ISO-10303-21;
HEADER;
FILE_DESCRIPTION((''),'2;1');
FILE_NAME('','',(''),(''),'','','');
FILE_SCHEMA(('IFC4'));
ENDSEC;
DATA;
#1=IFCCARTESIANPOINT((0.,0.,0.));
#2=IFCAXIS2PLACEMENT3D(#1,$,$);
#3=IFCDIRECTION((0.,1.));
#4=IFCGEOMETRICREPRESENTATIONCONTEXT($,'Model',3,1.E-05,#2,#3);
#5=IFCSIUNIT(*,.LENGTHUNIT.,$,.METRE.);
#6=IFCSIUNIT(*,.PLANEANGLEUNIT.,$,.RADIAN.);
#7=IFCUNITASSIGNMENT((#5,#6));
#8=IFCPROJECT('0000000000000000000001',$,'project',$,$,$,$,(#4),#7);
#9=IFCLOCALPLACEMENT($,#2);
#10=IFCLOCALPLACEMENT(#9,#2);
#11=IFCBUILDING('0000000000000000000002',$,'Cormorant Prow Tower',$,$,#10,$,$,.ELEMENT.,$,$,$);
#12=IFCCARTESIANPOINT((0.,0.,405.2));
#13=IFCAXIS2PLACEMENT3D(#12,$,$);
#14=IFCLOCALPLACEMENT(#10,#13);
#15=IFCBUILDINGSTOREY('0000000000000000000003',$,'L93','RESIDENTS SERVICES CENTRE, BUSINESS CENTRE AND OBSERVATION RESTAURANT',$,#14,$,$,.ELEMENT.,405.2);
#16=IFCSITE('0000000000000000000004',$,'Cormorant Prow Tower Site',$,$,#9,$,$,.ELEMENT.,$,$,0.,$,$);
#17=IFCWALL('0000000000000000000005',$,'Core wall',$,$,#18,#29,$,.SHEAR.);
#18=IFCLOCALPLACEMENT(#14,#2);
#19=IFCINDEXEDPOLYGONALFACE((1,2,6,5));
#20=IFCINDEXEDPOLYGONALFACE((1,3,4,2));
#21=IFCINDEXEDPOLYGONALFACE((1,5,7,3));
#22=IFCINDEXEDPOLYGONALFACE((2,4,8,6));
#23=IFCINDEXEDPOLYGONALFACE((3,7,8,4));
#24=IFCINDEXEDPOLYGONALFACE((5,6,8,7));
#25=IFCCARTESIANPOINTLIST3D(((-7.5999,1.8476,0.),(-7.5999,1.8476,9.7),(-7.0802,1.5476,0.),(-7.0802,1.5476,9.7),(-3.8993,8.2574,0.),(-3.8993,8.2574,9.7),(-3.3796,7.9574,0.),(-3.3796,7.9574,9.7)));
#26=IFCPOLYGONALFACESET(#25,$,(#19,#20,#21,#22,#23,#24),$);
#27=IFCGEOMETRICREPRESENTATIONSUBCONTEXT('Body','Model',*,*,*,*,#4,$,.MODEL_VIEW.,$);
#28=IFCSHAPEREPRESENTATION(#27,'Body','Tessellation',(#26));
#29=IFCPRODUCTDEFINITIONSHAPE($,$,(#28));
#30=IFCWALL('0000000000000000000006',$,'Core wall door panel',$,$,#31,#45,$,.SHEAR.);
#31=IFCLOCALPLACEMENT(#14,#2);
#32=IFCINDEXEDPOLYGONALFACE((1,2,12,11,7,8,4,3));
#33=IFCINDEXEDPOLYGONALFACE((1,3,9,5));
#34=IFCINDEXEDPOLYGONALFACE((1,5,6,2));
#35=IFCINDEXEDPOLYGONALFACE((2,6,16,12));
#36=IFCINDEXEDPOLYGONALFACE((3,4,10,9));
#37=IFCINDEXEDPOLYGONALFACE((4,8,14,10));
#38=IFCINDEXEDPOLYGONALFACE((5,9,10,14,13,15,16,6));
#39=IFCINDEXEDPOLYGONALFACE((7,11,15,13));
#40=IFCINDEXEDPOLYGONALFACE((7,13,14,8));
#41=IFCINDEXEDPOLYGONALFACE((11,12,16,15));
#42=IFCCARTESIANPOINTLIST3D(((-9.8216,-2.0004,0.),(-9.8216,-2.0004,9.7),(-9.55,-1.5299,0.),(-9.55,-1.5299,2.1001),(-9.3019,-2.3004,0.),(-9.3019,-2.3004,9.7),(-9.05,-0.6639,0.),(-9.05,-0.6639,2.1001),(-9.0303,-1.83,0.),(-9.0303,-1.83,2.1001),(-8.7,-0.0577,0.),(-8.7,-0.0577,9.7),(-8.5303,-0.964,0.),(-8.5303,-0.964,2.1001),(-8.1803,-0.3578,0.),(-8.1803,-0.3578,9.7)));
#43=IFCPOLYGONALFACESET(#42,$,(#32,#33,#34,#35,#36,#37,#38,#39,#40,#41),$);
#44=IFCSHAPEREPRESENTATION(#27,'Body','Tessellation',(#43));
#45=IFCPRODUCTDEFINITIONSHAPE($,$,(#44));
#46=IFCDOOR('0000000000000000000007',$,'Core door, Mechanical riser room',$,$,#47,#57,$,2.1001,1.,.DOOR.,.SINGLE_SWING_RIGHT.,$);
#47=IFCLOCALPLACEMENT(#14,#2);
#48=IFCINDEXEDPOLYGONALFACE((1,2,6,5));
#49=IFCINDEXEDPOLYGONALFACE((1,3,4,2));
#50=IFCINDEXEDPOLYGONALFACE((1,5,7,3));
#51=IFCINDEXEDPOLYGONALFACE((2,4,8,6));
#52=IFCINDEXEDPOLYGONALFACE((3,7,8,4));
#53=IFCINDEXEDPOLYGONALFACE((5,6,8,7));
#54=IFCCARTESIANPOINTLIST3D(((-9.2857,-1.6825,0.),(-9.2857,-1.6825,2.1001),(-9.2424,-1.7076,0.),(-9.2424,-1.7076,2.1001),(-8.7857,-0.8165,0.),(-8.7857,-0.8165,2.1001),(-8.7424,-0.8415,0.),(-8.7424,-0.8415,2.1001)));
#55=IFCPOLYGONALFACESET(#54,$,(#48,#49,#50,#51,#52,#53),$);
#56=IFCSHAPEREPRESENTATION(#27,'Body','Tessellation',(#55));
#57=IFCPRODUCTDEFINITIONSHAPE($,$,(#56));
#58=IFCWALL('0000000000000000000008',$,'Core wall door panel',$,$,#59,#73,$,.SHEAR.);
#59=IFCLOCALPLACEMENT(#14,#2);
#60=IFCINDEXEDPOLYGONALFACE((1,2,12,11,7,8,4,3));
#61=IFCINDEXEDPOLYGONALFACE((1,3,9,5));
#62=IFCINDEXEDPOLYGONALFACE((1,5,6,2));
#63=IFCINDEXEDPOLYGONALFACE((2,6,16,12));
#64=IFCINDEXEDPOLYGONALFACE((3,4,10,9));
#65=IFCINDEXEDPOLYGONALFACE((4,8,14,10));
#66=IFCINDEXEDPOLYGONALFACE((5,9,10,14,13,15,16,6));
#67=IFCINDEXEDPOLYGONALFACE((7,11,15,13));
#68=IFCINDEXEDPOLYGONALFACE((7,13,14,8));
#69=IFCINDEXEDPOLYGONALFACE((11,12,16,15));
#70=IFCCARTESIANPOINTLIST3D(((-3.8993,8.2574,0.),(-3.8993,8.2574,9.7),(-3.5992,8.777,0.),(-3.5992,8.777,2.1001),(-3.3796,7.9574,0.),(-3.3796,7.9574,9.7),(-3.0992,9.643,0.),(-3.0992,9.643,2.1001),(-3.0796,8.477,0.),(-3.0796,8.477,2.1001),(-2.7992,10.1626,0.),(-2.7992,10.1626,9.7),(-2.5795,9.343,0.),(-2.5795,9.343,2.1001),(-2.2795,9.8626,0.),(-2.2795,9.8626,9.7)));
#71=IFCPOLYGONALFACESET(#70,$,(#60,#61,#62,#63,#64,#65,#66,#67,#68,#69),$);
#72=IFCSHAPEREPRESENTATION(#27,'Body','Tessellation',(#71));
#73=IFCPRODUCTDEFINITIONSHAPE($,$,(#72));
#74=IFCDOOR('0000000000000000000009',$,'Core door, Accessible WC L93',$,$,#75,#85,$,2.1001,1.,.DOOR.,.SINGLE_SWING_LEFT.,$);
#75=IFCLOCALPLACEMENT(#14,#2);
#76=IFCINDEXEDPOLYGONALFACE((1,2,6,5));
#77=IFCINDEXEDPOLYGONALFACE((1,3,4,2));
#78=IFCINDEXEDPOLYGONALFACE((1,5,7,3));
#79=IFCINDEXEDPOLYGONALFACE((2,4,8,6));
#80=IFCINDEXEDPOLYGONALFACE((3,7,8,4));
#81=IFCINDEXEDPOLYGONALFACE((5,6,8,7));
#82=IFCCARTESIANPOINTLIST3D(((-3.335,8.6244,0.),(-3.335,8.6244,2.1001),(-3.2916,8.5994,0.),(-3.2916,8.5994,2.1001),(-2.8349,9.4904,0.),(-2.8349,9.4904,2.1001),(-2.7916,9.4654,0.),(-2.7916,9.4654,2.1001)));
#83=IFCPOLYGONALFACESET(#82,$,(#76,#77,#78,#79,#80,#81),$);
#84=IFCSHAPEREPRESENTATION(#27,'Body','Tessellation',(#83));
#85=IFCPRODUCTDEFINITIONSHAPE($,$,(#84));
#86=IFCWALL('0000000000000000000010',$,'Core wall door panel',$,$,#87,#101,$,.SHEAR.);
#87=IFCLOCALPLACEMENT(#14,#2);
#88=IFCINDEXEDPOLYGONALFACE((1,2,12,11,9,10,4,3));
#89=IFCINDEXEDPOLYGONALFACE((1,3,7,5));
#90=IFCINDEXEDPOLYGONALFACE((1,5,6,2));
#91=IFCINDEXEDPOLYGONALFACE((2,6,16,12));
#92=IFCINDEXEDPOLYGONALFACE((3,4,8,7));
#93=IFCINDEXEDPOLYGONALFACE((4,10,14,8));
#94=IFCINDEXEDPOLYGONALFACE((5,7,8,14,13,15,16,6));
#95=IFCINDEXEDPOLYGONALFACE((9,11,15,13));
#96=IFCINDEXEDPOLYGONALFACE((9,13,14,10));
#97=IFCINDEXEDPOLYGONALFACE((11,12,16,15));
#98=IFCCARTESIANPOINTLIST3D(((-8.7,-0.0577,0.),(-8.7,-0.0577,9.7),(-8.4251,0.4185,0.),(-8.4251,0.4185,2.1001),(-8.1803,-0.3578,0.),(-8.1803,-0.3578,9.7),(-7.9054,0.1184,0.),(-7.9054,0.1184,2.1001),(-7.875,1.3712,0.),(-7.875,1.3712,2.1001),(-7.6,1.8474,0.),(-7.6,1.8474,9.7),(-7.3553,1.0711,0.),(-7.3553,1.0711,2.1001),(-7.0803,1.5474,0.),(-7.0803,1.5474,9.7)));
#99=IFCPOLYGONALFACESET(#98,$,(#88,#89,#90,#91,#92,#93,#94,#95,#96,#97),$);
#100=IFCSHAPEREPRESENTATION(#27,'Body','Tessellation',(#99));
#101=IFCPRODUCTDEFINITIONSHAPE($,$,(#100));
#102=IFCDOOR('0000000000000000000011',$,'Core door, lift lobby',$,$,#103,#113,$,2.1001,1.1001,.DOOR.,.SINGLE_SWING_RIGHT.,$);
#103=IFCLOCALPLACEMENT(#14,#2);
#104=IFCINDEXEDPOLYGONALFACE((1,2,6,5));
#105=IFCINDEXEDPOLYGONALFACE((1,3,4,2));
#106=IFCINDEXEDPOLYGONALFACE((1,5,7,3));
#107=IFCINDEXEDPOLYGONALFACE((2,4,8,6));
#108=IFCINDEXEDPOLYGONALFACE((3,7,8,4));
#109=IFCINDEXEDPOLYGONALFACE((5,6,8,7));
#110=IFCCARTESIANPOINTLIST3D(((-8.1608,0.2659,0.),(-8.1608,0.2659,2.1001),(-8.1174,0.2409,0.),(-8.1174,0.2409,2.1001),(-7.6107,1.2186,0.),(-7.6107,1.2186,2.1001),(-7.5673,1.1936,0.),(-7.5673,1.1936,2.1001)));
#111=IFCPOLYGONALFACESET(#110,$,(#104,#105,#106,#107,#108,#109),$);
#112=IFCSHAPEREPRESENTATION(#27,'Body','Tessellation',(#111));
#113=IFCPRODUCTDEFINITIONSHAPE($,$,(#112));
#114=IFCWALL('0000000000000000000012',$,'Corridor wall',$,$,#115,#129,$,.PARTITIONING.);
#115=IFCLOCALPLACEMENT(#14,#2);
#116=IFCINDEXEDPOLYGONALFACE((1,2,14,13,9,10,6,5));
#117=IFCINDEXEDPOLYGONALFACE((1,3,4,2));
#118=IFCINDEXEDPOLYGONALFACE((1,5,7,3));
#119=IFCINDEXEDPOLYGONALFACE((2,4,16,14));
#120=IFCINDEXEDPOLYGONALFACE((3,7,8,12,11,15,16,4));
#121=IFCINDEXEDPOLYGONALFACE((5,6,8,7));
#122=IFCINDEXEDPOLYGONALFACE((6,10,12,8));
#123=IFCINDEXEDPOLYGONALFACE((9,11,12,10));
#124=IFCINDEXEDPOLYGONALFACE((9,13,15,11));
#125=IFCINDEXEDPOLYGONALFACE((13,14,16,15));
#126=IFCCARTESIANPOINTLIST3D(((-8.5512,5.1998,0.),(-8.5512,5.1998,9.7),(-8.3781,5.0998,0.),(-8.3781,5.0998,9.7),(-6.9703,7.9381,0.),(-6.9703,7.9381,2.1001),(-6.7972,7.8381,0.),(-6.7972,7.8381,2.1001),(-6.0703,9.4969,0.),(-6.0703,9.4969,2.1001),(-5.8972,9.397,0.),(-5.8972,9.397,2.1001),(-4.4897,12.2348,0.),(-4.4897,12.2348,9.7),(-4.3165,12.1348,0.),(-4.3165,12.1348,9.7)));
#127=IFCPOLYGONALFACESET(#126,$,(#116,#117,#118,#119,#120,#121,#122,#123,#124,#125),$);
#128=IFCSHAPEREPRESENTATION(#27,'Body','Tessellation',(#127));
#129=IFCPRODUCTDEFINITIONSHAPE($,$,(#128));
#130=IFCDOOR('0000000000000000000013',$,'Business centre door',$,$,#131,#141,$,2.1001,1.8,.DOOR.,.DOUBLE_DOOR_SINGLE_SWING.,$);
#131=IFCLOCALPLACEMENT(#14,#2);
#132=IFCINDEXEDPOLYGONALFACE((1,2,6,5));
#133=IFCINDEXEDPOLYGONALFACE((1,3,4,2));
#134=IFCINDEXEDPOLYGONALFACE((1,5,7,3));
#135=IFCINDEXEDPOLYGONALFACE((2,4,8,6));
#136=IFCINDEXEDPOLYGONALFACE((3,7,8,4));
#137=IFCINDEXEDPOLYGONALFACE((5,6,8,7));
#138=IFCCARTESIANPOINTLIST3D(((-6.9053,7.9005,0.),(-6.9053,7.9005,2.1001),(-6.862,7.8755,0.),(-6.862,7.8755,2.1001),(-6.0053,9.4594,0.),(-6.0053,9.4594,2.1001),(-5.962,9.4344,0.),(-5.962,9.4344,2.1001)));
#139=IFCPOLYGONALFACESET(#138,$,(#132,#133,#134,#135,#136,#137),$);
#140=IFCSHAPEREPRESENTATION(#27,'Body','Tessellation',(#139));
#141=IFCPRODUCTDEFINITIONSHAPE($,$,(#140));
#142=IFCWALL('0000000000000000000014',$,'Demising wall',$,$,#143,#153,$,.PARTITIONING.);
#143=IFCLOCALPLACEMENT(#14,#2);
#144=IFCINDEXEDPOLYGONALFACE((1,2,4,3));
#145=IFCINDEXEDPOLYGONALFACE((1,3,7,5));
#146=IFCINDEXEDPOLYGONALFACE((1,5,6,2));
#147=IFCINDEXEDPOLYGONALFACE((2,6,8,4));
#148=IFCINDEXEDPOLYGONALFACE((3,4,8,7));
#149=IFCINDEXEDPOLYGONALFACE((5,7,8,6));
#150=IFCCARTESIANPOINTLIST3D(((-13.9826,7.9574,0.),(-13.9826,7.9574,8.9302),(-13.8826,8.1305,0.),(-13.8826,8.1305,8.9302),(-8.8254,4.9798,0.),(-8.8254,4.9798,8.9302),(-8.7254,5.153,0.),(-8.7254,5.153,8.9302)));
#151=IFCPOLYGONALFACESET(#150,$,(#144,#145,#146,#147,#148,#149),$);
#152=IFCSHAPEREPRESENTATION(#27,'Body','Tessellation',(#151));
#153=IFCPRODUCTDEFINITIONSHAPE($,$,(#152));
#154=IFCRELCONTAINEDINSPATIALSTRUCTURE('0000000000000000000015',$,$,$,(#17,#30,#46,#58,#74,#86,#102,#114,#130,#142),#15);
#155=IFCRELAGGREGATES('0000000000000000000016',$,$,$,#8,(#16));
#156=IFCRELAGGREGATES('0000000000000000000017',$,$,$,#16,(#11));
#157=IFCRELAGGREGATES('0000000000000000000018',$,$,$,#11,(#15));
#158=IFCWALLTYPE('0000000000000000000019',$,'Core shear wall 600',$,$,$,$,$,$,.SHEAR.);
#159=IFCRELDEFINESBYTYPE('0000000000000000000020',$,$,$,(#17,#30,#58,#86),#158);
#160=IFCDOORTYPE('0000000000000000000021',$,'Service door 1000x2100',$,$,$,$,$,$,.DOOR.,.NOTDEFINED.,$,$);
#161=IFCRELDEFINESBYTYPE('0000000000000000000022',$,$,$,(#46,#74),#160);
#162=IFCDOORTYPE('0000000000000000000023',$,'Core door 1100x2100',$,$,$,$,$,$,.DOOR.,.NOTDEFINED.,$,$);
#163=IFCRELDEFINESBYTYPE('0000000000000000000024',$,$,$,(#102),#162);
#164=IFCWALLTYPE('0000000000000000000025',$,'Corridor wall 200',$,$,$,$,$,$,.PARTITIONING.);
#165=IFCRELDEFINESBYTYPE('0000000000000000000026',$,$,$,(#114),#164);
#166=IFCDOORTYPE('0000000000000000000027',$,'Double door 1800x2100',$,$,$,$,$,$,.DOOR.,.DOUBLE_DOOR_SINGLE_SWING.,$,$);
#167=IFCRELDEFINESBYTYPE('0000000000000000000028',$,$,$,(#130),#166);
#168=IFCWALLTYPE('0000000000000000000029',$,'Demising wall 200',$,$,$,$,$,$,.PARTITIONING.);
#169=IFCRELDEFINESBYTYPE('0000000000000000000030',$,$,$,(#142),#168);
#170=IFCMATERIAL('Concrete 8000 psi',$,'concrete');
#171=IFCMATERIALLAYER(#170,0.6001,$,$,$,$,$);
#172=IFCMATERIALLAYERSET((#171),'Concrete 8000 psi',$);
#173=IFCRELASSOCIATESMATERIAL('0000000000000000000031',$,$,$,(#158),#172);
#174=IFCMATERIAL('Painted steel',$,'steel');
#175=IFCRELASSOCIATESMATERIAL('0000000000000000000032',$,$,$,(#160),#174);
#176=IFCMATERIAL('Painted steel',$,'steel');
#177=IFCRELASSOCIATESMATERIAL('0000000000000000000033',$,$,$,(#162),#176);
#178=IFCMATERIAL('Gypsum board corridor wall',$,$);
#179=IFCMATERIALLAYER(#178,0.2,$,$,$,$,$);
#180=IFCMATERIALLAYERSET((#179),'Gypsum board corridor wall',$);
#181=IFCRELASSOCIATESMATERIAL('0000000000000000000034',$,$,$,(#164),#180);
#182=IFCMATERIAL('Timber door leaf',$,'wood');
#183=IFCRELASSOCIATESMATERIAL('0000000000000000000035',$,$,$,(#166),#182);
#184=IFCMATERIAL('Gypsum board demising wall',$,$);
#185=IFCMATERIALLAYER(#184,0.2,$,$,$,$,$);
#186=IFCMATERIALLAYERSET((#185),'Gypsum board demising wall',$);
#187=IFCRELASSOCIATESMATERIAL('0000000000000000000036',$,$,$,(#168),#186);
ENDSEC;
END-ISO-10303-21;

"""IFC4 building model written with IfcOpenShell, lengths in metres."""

from ifc_helpers import new_model, si_unit, direction, frame, frame_2d, origin, place, context, subcontext, project, spatial, rectangle, extrude, material, layer, layer_set, type_object, element, fill, save


model = new_model("IFC4")

# Units and contexts
model_context = context("Model", 3, precision=1e-05, world=origin(), true_north=direction((0.0, 1.0)))
body_context = subcontext(model_context, "Body", "Model", "MODEL_VIEW")
ifc_project = project(units=[si_unit("LENGTHUNIT", "METRE"), si_unit("PLANEANGLEUNIT", "RADIAN")], contexts=[model_context])

# Site, building, storey
site_placement = place(None, origin())
site = spatial("IfcSite", under=ifc_project, at=site_placement, Name="Cormorant Prow Tower Site", CompositionType="ELEMENT", RefElevation=0.0)
building_placement = place(site_placement, origin())
building = spatial("IfcBuilding", under=site, at=building_placement, Name="Cormorant Prow Tower", CompositionType="ELEMENT")
storey_placement = place(building_placement, frame((0.0, 0.0, 405.2)))
storey = spatial("IfcBuildingStorey", under=building, at=storey_placement, Name="L93", Description="RESIDENTS SERVICES CENTRE, BUSINESS CENTRE AND OBSERVATION RESTAURANT", CompositionType="ELEMENT", Elevation=405.2)

# Wall
ifc_material_1 = material(Name="Concrete 8000 psi", Category="concrete")
ifc_layer_1 = layer(ifc_material_1, 0.6001)
ifc_layer_set_1 = layer_set([ifc_layer_1], Name="Concrete 8000 psi")
wall_type_1 = type_object("IfcWallType", Name="Core shear wall 600", PredefinedType="SHEAR", material=ifc_layer_set_1)
wall_1_placement = place(storey_placement, frame((-3.6394, 8.1074, 0.0), z_axis=(0.0, 0.0, 1.0), x_axis=(-0.499992, -0.86603, 0.0)))
element("IfcWall", 1, at=wall_1_placement, inside=storey, type_object=wall_type_1, Name="Core wall", PredefinedType="SHEAR", context=body_context, shape_type="SweptSolid", body=[
    extrude(rectangle(XDim=7.4014, YDim=0.6001, at=frame_2d((3.7007, 0.0))), origin(), (0.0, 0.0, 1.0), 9.7),
])

# Walls, openings, doors
wall_2_placement = place(storey_placement, frame((-8.4402, -0.2078, 0.0), z_axis=(0.0, 0.0, 1.0), x_axis=(-0.500002, -0.866024, 0.0)))
wall_2 = element("IfcWall", 2, at=wall_2_placement, inside=storey, type_object=wall_type_1, Name="Core wall door panel", PredefinedType="SHEAR", context=body_context, shape_type="SweptSolid", body=[
    extrude(rectangle(XDim=2.2432, YDim=0.6001, at=frame_2d((1.1216, 0.0))), origin(), (0.0, 0.0, 1.0), 9.7),
])
opening_1_placement = place(wall_2_placement, frame((0.7, 0.0, 0.0)))
opening_1 = element("IfcOpeningElement", 3, at=opening_1_placement, cuts=wall_2, PredefinedType="OPENING", context=body_context, shape_type="SweptSolid", body=[
    extrude(rectangle(XDim=1.0, YDim=2.1001, at=frame_2d((0.5, 1.05))), frame((0.0, 0.3101, 0.0), z_axis=(0.0, -1.0, 0.0), x_axis=(1.0, 0.0, 0.0)), (0.0, 0.0, 1.0), 0.6201),
])
ifc_material_2 = material(Name="Painted steel", Category="steel")
door_type_1 = type_object("IfcDoorType", Name="Service door 1000x2100", OperationType="NOTDEFINED", PredefinedType="DOOR", material=ifc_material_2)
door_1_placement = place(opening_1_placement, origin())
door_1 = element("IfcDoor", 4, at=door_1_placement, inside=storey, type_object=door_type_1, Name="Core door, Mechanical riser room", OperationType="SINGLE_SWING_RIGHT", OverallHeight=2.1001, OverallWidth=1.0, PredefinedType="DOOR", context=body_context, shape_type="SweptSolid", body=[
    extrude(rectangle(XDim=1.0, YDim=2.1001, at=frame_2d((0.5, 1.05))), frame((0.0, 0.0552, 0.0), z_axis=(0.0, -1.0, 0.0), x_axis=(1.0, 0.0, 0.0)), (0.0, 0.0, 1.0), 0.05),
])
fill(opening_1, door_1)
wall_3_placement = place(storey_placement, frame((-2.5393, 10.0127, 0.0), z_axis=(0.0, 0.0, 1.0), x_axis=(-0.50003, -0.866008, 0.0)))
wall_3 = element("IfcWall", 5, at=wall_3_placement, inside=storey, type_object=wall_type_1, Name="Core wall door panel", PredefinedType="SHEAR", context=body_context, shape_type="SweptSolid", body=[
    extrude(rectangle(XDim=2.2, YDim=0.6001, at=frame_2d((1.1001, 0.0))), origin(), (0.0, 0.0, 1.0), 9.7),
])
opening_2_placement = place(wall_3_placement, frame((0.6001, 0.0, 0.0)))
opening_2 = element("IfcOpeningElement", 6, at=opening_2_placement, cuts=wall_3, PredefinedType="OPENING", context=body_context, shape_type="SweptSolid", body=[
    extrude(rectangle(XDim=1.0, YDim=2.1001, at=frame_2d((0.5, 1.05))), frame((0.0, 0.3101, 0.0), z_axis=(0.0, -1.0, 0.0), x_axis=(1.0, 0.0, 0.0)), (0.0, 0.0, 1.0), 0.6201),
])
door_2_placement = place(opening_2_placement, origin())
door_2 = element("IfcDoor", 7, at=door_2_placement, inside=storey, type_object=door_type_1, Name="Core door, Accessible WC L93", OperationType="SINGLE_SWING_LEFT", OverallHeight=2.1001, OverallWidth=1.0, PredefinedType="DOOR", context=body_context, shape_type="SweptSolid", body=[
    extrude(rectangle(XDim=1.0, YDim=2.1001, at=frame_2d((0.5, 1.05))), frame((0.0, 0.0552, 0.0), z_axis=(0.0, -1.0, 0.0), x_axis=(1.0, 0.0, 0.0)), (0.0, 0.0, 1.0), 0.05),
])
fill(opening_2, door_2)
wall_4_placement = place(storey_placement, frame((-7.3401, 1.6975, 0.0), z_axis=(0.0, 0.0, 1.0), x_axis=(-0.50003, -0.866008, 0.0)))
wall_4 = element("IfcWall", 8, at=wall_4_placement, inside=storey, type_object=wall_type_1, Name="Core wall door panel", PredefinedType="SHEAR", context=body_context, shape_type="SweptSolid", body=[
    extrude(rectangle(XDim=2.2, YDim=0.6001, at=frame_2d((1.1001, 0.0))), origin(), (0.0, 0.0, 1.0), 9.7),
])
opening_3_placement = place(wall_4_placement, frame((0.55, 0.0, 0.0)))
opening_3 = element("IfcOpeningElement", 9, at=opening_3_placement, cuts=wall_4, PredefinedType="OPENING", context=body_context, shape_type="SweptSolid", body=[
    extrude(rectangle(XDim=1.1001, YDim=2.1001, at=frame_2d((0.55, 1.05))), frame((0.0, 0.3101, 0.0), z_axis=(0.0, -1.0, 0.0), x_axis=(1.0, 0.0, 0.0)), (0.0, 0.0, 1.0), 0.6201),
])
ifc_material_3 = material(Name="Painted steel", Category="steel")
door_type_2 = type_object("IfcDoorType", Name="Core door 1100x2100", OperationType="NOTDEFINED", PredefinedType="DOOR", material=ifc_material_3)
door_3_placement = place(opening_3_placement, origin())
door_3 = element("IfcDoor", 10, at=door_3_placement, inside=storey, type_object=door_type_2, Name="Core door, lift lobby", OperationType="SINGLE_SWING_RIGHT", OverallHeight=2.1001, OverallWidth=1.1001, PredefinedType="DOOR", context=body_context, shape_type="SweptSolid", body=[
    extrude(rectangle(XDim=1.1001, YDim=2.1001, at=frame_2d((0.55, 1.05))), frame((0.0, 0.0552, 0.0), z_axis=(0.0, -1.0, 0.0), x_axis=(1.0, 0.0, 0.0)), (0.0, 0.0, 1.0), 0.05),
])
fill(opening_3, door_3)
ifc_material_4 = material(Name="Gypsum board corridor wall")
ifc_layer_2 = layer(ifc_material_4, 0.2)
ifc_layer_set_2 = layer_set([ifc_layer_2], Name="Gypsum board corridor wall")
wall_type_2 = type_object("IfcWallType", Name="Corridor wall 200", PredefinedType="PARTITIONING", material=ifc_layer_set_2)
wall_5_placement = place(storey_placement, frame((-8.4646, 5.1499, 0.0), z_axis=(0.0, 0.0, 1.0), x_axis=(0.499992, 0.86603, 0.0)))
wall_5 = element("IfcWall", 11, at=wall_5_placement, inside=storey, type_object=wall_type_2, Name="Corridor wall", PredefinedType="PARTITIONING", context=body_context, shape_type="SweptSolid", body=[
    extrude(rectangle(XDim=8.1233, YDim=0.2, at=frame_2d((4.0615, 0.0))), origin(), (0.0, 0.0, 1.0), 9.7),
])
opening_4_placement = place(wall_5_placement, frame((3.1619, 0.0, 0.0)))
opening_4 = element("IfcOpeningElement", 12, at=opening_4_placement, cuts=wall_5, PredefinedType="OPENING", context=body_context, shape_type="SweptSolid", body=[
    extrude(rectangle(XDim=1.8, YDim=2.1001, at=frame_2d((0.8999, 1.05))), frame((0.0, 0.1099, 0.0), z_axis=(0.0, -1.0, 0.0), x_axis=(1.0, 0.0, 0.0)), (0.0, 0.0, 1.0), 0.22),
])
ifc_material_5 = material(Name="Timber door leaf", Category="wood")
door_type_3 = type_object("IfcDoorType", Name="Double door 1800x2100", OperationType="DOUBLE_DOOR_SINGLE_SWING", PredefinedType="DOOR", material=ifc_material_5)
door_4_placement = place(opening_4_placement, origin())
door_4 = element("IfcDoor", 13, at=door_4_placement, inside=storey, type_object=door_type_3, Name="Business centre door", OperationType="DOUBLE_DOOR_SINGLE_SWING", OverallHeight=2.1001, OverallWidth=1.8, PredefinedType="DOOR", context=body_context, shape_type="SweptSolid", body=[
    extrude(rectangle(XDim=1.8, YDim=2.1001, at=frame_2d((0.8999, 1.05))), frame((0.0, 0.0249, 0.0), z_axis=(0.0, -1.0, 0.0), x_axis=(1.0, 0.0, 0.0)), (0.0, 0.0, 1.0), 0.05),
])
fill(opening_4, door_4)

# Wall
ifc_material_6 = material(Name="Gypsum board demising wall")
ifc_layer_3 = layer(ifc_material_6, 0.2)
ifc_layer_set_3 = layer_set([ifc_layer_3], Name="Gypsum board demising wall")
wall_type_3 = type_object("IfcWallType", Name="Demising wall 200", PredefinedType="PARTITIONING", material=ifc_layer_set_3)
wall_6_placement = place(storey_placement, frame((-13.9326, 8.0439, 0.0), z_axis=(0.0, 0.0, 1.0), x_axis=(0.866024, -0.500002, 0.0)))
element("IfcWall", 14, at=wall_6_placement, inside=storey, type_object=wall_type_3, Name="Demising wall", PredefinedType="PARTITIONING", context=body_context, shape_type="SweptSolid", body=[
    extrude(rectangle(XDim=5.9551, YDim=0.2, at=frame_2d((2.9775, 0.0))), origin(), (0.0, 0.0, 1.0), 8.9302),
])

save(model, "model.ifc")
